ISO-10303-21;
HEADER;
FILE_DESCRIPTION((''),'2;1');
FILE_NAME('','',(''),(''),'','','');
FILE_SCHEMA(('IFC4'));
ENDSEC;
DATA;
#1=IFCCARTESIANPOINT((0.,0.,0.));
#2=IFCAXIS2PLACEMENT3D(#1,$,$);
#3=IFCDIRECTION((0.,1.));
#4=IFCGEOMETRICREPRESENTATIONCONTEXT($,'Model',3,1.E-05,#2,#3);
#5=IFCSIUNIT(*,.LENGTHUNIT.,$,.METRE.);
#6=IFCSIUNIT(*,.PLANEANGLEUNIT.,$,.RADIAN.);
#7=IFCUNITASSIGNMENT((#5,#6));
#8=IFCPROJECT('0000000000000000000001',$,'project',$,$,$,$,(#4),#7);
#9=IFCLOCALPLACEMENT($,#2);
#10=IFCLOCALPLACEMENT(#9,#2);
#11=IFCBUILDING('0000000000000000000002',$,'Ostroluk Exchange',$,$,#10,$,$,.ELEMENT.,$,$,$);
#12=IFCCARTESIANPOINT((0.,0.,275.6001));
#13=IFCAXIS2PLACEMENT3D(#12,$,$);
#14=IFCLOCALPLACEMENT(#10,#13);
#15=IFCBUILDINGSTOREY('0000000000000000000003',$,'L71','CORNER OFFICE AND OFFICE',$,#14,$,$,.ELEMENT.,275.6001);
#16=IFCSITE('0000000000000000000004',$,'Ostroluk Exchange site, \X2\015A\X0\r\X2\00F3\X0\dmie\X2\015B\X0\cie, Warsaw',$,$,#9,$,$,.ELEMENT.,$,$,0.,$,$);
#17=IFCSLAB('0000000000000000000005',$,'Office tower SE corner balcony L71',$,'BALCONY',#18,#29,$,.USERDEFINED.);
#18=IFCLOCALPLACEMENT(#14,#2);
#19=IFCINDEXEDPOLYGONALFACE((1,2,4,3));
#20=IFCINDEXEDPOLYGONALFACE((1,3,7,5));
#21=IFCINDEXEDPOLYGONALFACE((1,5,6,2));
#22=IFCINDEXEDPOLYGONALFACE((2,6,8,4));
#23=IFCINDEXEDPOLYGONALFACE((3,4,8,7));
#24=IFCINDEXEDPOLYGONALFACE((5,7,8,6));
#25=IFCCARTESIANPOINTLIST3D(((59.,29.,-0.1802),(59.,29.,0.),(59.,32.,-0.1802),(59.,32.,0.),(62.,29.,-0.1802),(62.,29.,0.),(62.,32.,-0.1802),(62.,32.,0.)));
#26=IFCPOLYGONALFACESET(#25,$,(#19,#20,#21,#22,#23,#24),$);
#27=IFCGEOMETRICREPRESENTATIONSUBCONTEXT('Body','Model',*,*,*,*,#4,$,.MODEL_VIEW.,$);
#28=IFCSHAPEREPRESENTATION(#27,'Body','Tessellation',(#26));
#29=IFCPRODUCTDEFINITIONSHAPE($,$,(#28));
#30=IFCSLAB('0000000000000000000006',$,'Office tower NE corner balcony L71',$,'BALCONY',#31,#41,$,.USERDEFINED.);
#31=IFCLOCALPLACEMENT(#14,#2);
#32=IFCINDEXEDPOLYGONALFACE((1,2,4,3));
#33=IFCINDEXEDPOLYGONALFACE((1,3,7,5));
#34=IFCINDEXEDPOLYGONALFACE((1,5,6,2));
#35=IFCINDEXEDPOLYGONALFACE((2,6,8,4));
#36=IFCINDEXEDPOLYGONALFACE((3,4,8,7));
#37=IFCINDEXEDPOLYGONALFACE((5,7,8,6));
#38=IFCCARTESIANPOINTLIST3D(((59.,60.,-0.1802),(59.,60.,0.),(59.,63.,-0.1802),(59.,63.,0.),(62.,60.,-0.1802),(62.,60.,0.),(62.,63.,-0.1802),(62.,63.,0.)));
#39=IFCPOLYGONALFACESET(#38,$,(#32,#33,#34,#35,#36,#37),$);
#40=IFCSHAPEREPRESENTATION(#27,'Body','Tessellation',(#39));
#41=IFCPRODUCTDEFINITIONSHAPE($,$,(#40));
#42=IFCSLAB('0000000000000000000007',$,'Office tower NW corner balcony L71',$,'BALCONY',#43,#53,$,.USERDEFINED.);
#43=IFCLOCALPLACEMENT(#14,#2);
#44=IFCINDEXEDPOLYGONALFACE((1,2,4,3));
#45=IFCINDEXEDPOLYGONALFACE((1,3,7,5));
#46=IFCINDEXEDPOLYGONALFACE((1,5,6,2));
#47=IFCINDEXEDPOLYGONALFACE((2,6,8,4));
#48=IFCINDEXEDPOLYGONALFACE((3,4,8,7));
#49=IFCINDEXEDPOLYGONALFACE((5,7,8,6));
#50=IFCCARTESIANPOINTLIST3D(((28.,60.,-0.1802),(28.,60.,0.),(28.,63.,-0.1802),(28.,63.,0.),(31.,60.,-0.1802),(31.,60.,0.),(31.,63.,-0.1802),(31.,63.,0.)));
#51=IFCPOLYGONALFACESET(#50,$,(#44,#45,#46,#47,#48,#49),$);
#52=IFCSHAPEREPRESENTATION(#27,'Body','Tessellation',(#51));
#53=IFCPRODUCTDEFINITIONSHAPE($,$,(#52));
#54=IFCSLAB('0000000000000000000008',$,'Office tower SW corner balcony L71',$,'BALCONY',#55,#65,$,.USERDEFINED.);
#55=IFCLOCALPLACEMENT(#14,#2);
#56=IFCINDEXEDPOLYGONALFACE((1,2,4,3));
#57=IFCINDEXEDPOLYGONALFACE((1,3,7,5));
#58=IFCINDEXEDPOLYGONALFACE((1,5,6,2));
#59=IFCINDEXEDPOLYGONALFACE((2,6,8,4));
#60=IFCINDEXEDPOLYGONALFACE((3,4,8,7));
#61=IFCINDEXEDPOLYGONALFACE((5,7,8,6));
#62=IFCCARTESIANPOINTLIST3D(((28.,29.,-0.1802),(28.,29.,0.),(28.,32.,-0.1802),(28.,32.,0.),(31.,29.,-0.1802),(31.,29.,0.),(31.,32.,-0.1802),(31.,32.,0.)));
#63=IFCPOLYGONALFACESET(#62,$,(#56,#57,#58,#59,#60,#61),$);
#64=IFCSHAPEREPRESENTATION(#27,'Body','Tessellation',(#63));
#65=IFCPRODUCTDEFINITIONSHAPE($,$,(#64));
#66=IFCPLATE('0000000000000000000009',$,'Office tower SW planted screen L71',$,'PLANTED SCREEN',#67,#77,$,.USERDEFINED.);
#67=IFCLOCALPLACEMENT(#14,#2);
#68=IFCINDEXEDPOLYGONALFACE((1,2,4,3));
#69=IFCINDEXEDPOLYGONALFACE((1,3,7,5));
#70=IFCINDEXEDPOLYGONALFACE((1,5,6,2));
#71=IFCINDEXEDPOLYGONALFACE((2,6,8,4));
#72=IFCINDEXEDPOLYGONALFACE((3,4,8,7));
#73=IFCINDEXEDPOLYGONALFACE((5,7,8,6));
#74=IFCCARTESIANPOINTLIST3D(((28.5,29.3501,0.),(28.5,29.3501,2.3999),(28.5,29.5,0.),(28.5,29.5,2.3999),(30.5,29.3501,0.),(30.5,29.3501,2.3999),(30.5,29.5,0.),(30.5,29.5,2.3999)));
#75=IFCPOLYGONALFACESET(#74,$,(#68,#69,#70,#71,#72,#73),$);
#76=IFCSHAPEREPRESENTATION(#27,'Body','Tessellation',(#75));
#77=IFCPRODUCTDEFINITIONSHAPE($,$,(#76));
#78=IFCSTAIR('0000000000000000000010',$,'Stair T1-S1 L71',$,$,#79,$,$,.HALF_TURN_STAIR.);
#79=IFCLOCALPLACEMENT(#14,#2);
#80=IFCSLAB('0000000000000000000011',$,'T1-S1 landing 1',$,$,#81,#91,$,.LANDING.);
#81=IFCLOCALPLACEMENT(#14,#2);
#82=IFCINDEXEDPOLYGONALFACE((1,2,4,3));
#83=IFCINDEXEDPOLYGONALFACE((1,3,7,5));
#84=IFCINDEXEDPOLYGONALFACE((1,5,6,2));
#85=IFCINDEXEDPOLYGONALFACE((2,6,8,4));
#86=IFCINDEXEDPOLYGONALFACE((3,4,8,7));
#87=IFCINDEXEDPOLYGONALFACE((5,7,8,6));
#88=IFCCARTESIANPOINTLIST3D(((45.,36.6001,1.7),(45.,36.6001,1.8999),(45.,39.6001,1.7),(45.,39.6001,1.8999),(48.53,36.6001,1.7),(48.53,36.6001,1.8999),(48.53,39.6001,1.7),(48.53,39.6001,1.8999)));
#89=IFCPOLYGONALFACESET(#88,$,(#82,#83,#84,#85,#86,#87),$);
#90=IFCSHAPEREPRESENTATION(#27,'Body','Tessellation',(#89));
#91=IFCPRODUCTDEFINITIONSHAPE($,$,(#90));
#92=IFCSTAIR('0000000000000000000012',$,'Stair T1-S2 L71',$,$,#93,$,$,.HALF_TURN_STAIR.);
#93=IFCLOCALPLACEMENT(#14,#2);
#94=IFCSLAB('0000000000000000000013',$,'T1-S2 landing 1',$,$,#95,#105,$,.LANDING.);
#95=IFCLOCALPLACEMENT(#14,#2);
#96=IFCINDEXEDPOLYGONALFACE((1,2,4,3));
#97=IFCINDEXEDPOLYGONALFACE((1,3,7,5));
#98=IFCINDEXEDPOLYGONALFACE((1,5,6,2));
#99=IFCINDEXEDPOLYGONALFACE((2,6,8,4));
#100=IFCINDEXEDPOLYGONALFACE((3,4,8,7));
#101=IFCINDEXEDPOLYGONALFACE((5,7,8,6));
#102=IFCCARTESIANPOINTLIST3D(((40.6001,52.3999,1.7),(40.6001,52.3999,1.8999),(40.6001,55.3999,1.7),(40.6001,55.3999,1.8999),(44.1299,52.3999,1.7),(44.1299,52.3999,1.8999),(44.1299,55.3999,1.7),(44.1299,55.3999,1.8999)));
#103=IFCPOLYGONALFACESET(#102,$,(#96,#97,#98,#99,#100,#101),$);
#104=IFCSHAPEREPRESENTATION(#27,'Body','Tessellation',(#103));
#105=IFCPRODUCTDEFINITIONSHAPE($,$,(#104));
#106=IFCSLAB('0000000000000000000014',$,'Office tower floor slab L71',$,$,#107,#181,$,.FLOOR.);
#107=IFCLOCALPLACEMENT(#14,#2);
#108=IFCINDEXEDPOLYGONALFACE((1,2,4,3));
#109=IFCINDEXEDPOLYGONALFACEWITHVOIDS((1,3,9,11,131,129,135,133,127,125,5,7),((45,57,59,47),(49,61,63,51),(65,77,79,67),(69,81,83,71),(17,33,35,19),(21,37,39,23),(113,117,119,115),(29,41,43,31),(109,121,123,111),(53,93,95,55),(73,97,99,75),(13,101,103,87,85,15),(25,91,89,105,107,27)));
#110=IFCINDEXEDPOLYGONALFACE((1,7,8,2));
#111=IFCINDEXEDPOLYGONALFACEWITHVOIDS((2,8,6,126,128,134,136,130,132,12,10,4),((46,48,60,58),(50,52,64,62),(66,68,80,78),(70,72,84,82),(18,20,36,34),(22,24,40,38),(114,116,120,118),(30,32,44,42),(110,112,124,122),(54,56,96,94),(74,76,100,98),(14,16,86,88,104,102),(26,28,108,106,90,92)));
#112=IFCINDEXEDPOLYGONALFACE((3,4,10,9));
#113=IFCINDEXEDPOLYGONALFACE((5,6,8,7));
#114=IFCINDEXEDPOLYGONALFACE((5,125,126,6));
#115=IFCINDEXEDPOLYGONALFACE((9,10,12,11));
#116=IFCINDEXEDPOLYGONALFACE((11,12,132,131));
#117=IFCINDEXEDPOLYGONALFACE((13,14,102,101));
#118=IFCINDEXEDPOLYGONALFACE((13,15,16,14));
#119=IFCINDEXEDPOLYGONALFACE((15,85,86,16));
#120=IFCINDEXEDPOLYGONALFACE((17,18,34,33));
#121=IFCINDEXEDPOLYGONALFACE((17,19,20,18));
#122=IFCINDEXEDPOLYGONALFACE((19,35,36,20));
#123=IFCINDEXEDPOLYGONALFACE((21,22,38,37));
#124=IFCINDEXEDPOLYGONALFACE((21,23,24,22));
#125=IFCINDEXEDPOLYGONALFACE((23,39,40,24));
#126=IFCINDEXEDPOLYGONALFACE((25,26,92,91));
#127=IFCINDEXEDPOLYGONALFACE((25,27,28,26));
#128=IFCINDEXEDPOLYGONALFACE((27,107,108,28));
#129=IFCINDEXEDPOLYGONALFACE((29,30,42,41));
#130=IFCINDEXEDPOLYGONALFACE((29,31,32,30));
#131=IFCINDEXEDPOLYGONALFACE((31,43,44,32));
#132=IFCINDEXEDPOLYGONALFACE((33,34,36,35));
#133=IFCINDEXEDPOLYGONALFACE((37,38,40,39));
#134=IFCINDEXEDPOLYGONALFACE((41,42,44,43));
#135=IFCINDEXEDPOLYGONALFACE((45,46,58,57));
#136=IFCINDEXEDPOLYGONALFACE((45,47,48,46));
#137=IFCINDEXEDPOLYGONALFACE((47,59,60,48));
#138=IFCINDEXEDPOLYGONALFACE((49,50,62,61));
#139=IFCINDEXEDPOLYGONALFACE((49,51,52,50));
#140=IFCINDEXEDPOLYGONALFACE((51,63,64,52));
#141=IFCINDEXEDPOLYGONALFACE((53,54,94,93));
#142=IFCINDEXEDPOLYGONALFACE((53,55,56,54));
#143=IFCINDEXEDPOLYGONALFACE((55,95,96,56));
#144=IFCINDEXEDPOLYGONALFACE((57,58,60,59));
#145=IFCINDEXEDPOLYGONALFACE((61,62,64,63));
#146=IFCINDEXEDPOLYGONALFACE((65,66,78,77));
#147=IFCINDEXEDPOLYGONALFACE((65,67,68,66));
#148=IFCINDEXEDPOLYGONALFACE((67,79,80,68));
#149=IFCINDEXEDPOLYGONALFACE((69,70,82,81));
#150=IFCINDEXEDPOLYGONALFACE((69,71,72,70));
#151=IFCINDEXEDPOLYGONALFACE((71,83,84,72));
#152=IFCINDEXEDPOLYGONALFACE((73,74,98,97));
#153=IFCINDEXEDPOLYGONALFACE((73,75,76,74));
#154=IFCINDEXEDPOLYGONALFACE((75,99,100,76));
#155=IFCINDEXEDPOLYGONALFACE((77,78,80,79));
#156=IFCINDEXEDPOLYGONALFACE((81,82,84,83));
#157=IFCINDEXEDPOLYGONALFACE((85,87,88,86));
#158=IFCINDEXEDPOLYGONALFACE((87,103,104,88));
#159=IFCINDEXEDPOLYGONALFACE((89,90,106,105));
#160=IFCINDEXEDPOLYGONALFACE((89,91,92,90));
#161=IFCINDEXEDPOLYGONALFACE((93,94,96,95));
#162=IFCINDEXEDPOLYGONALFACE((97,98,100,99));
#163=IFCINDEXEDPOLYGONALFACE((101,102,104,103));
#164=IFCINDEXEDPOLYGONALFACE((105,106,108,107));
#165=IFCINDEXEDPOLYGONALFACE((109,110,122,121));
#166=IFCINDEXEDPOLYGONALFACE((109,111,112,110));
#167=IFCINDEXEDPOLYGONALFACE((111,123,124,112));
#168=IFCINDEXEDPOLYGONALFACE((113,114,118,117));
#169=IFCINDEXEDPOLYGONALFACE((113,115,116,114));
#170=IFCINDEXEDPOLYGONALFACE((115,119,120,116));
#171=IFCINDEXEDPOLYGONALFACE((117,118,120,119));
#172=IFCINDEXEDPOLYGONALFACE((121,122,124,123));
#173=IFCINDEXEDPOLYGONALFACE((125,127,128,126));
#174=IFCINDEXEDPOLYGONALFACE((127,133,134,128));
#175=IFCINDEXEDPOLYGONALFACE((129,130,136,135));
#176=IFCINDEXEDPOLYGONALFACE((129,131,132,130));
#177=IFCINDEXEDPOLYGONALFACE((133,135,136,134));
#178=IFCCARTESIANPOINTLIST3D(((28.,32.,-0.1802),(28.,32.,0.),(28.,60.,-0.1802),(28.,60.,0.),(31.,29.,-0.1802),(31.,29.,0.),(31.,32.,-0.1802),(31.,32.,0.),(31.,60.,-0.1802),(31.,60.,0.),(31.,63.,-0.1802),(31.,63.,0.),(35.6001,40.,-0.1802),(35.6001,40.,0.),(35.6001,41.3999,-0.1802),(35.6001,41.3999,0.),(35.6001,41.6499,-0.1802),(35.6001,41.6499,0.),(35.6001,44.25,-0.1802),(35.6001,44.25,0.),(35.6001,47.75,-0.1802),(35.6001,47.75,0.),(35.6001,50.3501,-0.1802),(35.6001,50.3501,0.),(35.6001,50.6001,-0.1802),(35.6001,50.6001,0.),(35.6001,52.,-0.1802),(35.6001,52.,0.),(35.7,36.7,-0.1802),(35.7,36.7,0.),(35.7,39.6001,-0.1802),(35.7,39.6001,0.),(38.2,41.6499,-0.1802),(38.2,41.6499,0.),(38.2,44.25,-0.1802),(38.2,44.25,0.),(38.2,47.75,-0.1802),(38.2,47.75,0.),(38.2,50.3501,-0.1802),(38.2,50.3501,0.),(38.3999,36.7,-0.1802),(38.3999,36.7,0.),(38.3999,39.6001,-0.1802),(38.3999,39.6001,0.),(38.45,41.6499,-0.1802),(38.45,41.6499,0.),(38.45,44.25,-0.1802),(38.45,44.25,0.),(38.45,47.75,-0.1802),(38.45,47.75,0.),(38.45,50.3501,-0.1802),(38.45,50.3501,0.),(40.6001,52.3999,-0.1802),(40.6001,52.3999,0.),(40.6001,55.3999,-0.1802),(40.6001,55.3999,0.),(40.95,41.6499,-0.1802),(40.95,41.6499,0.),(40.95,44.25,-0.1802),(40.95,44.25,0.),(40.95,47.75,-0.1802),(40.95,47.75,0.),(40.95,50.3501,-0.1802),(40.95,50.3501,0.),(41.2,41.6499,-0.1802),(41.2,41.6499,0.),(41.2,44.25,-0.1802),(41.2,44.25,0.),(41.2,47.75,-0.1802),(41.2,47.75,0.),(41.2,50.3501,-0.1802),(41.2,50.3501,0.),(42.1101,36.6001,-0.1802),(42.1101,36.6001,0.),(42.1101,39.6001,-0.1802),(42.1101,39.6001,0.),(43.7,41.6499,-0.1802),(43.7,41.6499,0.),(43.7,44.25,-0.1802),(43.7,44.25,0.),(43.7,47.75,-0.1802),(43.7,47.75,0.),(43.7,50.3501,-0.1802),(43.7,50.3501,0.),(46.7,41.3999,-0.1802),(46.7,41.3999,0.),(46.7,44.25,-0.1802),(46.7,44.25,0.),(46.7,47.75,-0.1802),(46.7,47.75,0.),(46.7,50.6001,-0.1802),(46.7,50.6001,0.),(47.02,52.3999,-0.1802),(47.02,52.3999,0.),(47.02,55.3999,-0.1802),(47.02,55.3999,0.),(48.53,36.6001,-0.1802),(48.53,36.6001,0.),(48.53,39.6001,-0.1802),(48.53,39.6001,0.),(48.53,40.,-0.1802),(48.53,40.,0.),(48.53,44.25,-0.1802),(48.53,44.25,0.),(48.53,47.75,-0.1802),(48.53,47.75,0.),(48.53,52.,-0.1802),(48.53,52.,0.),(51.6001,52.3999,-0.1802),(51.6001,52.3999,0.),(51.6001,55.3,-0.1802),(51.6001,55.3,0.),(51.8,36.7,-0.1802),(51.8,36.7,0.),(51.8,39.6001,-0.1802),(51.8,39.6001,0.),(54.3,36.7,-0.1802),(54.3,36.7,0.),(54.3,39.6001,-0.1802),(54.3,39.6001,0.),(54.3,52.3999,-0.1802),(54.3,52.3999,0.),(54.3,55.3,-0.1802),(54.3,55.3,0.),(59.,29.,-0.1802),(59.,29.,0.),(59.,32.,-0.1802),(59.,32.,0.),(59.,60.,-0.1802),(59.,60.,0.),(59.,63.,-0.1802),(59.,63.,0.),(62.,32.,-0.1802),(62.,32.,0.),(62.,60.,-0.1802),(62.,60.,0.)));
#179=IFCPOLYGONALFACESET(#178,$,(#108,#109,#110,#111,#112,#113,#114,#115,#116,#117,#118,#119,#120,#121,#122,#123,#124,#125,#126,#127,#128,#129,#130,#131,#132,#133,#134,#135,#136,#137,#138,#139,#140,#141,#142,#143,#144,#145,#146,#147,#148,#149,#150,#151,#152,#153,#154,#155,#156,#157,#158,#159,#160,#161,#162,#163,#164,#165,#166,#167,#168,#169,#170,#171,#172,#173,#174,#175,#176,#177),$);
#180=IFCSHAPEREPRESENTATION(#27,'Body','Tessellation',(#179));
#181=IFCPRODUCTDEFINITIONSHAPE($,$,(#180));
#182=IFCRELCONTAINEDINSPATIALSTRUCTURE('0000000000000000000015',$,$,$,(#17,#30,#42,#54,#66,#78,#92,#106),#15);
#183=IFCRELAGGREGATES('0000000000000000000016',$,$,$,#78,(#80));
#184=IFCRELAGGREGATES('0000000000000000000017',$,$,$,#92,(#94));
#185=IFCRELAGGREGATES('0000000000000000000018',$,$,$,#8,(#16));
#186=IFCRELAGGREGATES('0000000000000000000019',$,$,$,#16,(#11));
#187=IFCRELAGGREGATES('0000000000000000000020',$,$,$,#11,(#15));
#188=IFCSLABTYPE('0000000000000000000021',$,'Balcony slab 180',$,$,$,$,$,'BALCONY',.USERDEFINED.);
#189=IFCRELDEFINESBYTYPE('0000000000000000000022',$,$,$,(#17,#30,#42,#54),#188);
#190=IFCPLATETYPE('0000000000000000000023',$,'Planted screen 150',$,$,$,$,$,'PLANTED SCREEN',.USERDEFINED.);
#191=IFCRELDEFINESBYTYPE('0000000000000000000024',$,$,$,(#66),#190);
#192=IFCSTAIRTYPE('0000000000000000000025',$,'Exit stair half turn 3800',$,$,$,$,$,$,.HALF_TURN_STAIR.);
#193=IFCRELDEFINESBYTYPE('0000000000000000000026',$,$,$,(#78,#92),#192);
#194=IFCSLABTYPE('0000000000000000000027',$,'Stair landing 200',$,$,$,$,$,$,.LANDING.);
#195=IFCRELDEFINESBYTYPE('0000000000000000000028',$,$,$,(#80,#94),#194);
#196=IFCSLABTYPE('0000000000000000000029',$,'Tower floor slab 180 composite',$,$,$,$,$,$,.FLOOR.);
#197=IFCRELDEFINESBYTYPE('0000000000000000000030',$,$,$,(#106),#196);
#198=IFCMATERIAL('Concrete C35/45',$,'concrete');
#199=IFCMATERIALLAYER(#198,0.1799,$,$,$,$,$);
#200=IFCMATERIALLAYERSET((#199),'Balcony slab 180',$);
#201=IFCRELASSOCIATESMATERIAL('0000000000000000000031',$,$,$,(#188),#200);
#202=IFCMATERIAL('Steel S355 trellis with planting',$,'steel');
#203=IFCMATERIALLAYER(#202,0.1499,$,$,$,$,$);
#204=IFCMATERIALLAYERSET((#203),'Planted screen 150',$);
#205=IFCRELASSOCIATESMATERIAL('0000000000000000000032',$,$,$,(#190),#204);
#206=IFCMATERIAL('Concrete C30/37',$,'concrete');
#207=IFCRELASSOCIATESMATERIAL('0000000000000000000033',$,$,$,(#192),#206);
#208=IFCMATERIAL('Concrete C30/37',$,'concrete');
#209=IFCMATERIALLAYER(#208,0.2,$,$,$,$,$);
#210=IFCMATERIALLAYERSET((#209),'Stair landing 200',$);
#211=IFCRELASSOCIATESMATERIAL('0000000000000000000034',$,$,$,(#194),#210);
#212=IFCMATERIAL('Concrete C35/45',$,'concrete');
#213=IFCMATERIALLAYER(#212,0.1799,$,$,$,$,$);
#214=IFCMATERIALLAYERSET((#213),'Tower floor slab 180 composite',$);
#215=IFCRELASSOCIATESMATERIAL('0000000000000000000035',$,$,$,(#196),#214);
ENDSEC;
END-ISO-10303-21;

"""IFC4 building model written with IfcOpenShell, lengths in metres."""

from ifc_helpers import new_model, si_unit, direction, frame, origin, origin_2d, place, context, subcontext, project, spatial, polyline, rectangle, outline, extrude, material, layer, layer_set, type_object, element, aggregate, save


model = new_model("IFC4")

# Units and contexts
model_context = context("Model", 3, precision=1e-05, world=origin(), true_north=direction((0.0, 1.0)))
body_context = subcontext(model_context, "Body", "Model", "MODEL_VIEW")
ifc_project = project(units=[si_unit("LENGTHUNIT", "METRE"), si_unit("PLANEANGLEUNIT", "RADIAN")], contexts=[model_context])

# Site, building, storey
site_placement = place(None, origin())
site = spatial("IfcSite", under=ifc_project, at=site_placement, Name="Ostroluk Exchange site, Śródmieście, Warsaw", CompositionType="ELEMENT", RefElevation=0.0)
building_placement = place(site_placement, origin())
building = spatial("IfcBuilding", under=site, at=building_placement, Name="Ostroluk Exchange", CompositionType="ELEMENT")
storey_placement = place(building_placement, frame((0.0, 0.0, 275.6001)))
storey = spatial("IfcBuildingStorey", under=building, at=storey_placement, Name="L71", Description="CORNER OFFICE AND OFFICE", CompositionType="ELEMENT", Elevation=275.6001)

# Slabs
ifc_material_1 = material(Name="Concrete C35/45", Category="concrete")
ifc_layer_1 = layer(ifc_material_1, 0.1799)
ifc_layer_set_1 = layer_set([ifc_layer_1], Name="Balcony slab 180")
slab_type_1 = type_object("IfcSlabType", Name="Balcony slab 180", ElementType="BALCONY", PredefinedType="USERDEFINED", material=ifc_layer_set_1)
slab_1_placement = place(storey_placement, frame((0.0, 0.0, -0.1802)))
element("IfcSlab", 1, at=slab_1_placement, inside=storey, type_object=slab_type_1, Name="Office tower SE corner balcony L71", ObjectType="BALCONY", PredefinedType="USERDEFINED", context=body_context, shape_type="SweptSolid", body=[
    extrude(outline(polyline([(59.0, 29.0), (62.0, 29.0), (62.0, 32.0), (59.0, 32.0), (59.0, 29.0)])), origin(), (0.0, 0.0, 1.0), 0.1802),
])
slab_2_placement = place(storey_placement, frame((0.0, 0.0, -0.1802)))
element("IfcSlab", 2, at=slab_2_placement, inside=storey, type_object=slab_type_1, Name="Office tower NE corner balcony L71", ObjectType="BALCONY", PredefinedType="USERDEFINED", context=body_context, shape_type="SweptSolid", body=[
    extrude(outline(polyline([(59.0, 60.0), (62.0, 60.0), (62.0, 63.0), (59.0, 63.0), (59.0, 60.0)])), origin(), (0.0, 0.0, 1.0), 0.1802),
])
slab_3_placement = place(storey_placement, frame((0.0, 0.0, -0.1802)))
element("IfcSlab", 3, at=slab_3_placement, inside=storey, type_object=slab_type_1, Name="Office tower NW corner balcony L71", ObjectType="BALCONY", PredefinedType="USERDEFINED", context=body_context, shape_type="SweptSolid", body=[
    extrude(outline(polyline([(28.0, 60.0), (31.0, 60.0), (31.0, 63.0), (28.0, 63.0), (28.0, 60.0)])), origin(), (0.0, 0.0, 1.0), 0.1802),
])
slab_4_placement = place(storey_placement, frame((0.0, 0.0, -0.1802)))
element("IfcSlab", 4, at=slab_4_placement, inside=storey, type_object=slab_type_1, Name="Office tower SW corner balcony L71", ObjectType="BALCONY", PredefinedType="USERDEFINED", context=body_context, shape_type="SweptSolid", body=[
    extrude(outline(polyline([(28.0, 29.0), (31.0, 29.0), (31.0, 32.0), (28.0, 32.0), (28.0, 29.0)])), origin(), (0.0, 0.0, 1.0), 0.1802),
])

# Plate
ifc_material_2 = material(Name="Steel S355 trellis with planting", Category="steel")
ifc_layer_2 = layer(ifc_material_2, 0.1499)
ifc_layer_set_2 = layer_set([ifc_layer_2], Name="Planted screen 150")
plate_type_1 = type_object("IfcPlateType", Name="Planted screen 150", ElementType="PLANTED SCREEN", PredefinedType="USERDEFINED", material=ifc_layer_set_2)
plate_1_placement = place(storey_placement, frame((29.5, 29.425, 0.0), z_axis=(0.0, 0.0, 1.0), x_axis=(1.0, 0.0, 0.0)))
element("IfcPlate", 5, at=plate_1_placement, inside=storey, type_object=plate_type_1, Name="Office tower SW planted screen L71", ObjectType="PLANTED SCREEN", PredefinedType="USERDEFINED", context=body_context, shape_type="SweptSolid", body=[
    extrude(rectangle(XDim=2.0, YDim=0.1499, at=origin_2d()), origin(), (0.0, 0.0, 1.0), 2.3999),
])

# Stairs, slabs
ifc_material_3 = material(Name="Concrete C30/37", Category="concrete")
stair_type = type_object("IfcStairType", Name="Exit stair half turn 3800", PredefinedType="HALF_TURN_STAIR", material=ifc_material_3)
stair_1_placement = place(storey_placement, origin())
stair_1 = element("IfcStair", 6, at=stair_1_placement, inside=storey, type_object=stair_type, Name="Stair T1-S1 L71", PredefinedType="HALF_TURN_STAIR")
ifc_material_4 = material(Name="Concrete C30/37", Category="concrete")
ifc_layer_3 = layer(ifc_material_4, 0.2)
ifc_layer_set_3 = layer_set([ifc_layer_3], Name="Stair landing 200")
slab_type_2 = type_object("IfcSlabType", Name="Stair landing 200", PredefinedType="LANDING", material=ifc_layer_set_3)
slab_5_placement = place(storey_placement, frame((0.0, 0.0, 1.7)))
slab_5 = element("IfcSlab", 7, at=slab_5_placement, type_object=slab_type_2, Name="T1-S1 landing 1", PredefinedType="LANDING", context=body_context, shape_type="SweptSolid", body=[
    extrude(outline(polyline([(45.0, 36.6001), (45.0, 39.6001), (48.53, 39.6001), (48.53, 36.6001), (45.0, 36.6001)])), origin(), (0.0, 0.0, 1.0), 0.2),
])
aggregate(stair_1, [slab_5])
stair_2_placement = place(storey_placement, origin())
stair_2 = element("IfcStair", 8, at=stair_2_placement, inside=storey, type_object=stair_type, Name="Stair T1-S2 L71", PredefinedType="HALF_TURN_STAIR")
slab_6_placement = place(storey_placement, frame((0.0, 0.0, 1.7)))
slab_6 = element("IfcSlab", 9, at=slab_6_placement, type_object=slab_type_2, Name="T1-S2 landing 1", PredefinedType="LANDING", context=body_context, shape_type="SweptSolid", body=[
    extrude(outline(polyline([(44.1299, 52.3999), (44.1299, 55.3999), (40.6001, 55.3999), (40.6001, 52.3999), (44.1299, 52.3999)])), origin(), (0.0, 0.0, 1.0), 0.2),
])
aggregate(stair_2, [slab_6])

# Slab
ifc_material_5 = material(Name="Concrete C35/45", Category="concrete")
ifc_layer_4 = layer(ifc_material_5, 0.1799)
ifc_layer_set_4 = layer_set([ifc_layer_4], Name="Tower floor slab 180 composite")
slab_type_3 = type_object("IfcSlabType", Name="Tower floor slab 180 composite", PredefinedType="FLOOR", material=ifc_layer_set_4)
slab_7_placement = place(storey_placement, frame((0.0, 0.0, -0.1802)))
element("IfcSlab", 10, at=slab_7_placement, inside=storey, type_object=slab_type_3, Name="Office tower floor slab L71", PredefinedType="FLOOR", context=body_context, shape_type="SweptSolid", body=[
    extrude(outline(polyline([(31.0, 29.0), (59.0, 29.0), (59.0, 32.0), (62.0, 32.0), (62.0, 60.0), (59.0, 60.0), (59.0, 63.0), (31.0, 63.0), (31.0, 60.0), (28.0, 60.0), (28.0, 32.0), (31.0, 32.0), (31.0, 29.0)]), holes=[polyline([(35.7, 36.7), (38.3999, 36.7), (38.3999, 39.6001), (35.7, 39.6001), (35.7, 36.7)]), polyline([(42.1101, 36.6001), (48.53, 36.6001), (48.53, 39.6001), (42.1101, 39.6001), (42.1101, 36.6001)]), polyline([(51.8, 36.7), (54.3, 36.7), (54.3, 39.6001), (51.8, 39.6001), (51.8, 36.7)]), polyline([(40.6001, 52.3999), (47.02, 52.3999), (47.02, 55.3999), (40.6001, 55.3999), (40.6001, 52.3999)]), polyline([(51.6001, 52.3999), (54.3, 52.3999), (54.3, 55.3), (51.6001, 55.3), (51.6001, 52.3999)]), polyline([(35.6001, 47.75), (38.2, 47.75), (38.2, 50.3501), (35.6001, 50.3501), (35.6001, 47.75)]), polyline([(38.45, 47.75), (40.95, 47.75), (40.95, 50.3501), (38.45, 50.3501), (38.45, 47.75)]), polyline([(41.2, 47.75), (43.7, 47.75), (43.7, 50.3501), (41.2, 50.3501), (41.2, 47.75)]), polyline([(35.6001, 41.6499), (38.2, 41.6499), (38.2, 44.25), (35.6001, 44.25), (35.6001, 41.6499)]), polyline([(38.45, 41.6499), (40.95, 41.6499), (40.95, 44.25), (38.45, 44.25), (38.45, 41.6499)]), polyline([(41.2, 41.6499), (43.7, 41.6499), (43.7, 44.25), (41.2, 44.25), (41.2, 41.6499)]), polyline([(48.53, 52.0), (48.53, 47.75), (46.7, 47.75), (46.7, 50.6001), (35.6001, 50.6001), (35.6001, 52.0), (48.53, 52.0)]), polyline([(35.6001, 40.0), (35.6001, 41.3999), (46.7, 41.3999), (46.7, 44.25), (48.53, 44.25), (48.53, 40.0), (35.6001, 40.0)])]), origin(), (0.0, 0.0, 1.0), 0.1802),
])

save(model, "model.ifc")
